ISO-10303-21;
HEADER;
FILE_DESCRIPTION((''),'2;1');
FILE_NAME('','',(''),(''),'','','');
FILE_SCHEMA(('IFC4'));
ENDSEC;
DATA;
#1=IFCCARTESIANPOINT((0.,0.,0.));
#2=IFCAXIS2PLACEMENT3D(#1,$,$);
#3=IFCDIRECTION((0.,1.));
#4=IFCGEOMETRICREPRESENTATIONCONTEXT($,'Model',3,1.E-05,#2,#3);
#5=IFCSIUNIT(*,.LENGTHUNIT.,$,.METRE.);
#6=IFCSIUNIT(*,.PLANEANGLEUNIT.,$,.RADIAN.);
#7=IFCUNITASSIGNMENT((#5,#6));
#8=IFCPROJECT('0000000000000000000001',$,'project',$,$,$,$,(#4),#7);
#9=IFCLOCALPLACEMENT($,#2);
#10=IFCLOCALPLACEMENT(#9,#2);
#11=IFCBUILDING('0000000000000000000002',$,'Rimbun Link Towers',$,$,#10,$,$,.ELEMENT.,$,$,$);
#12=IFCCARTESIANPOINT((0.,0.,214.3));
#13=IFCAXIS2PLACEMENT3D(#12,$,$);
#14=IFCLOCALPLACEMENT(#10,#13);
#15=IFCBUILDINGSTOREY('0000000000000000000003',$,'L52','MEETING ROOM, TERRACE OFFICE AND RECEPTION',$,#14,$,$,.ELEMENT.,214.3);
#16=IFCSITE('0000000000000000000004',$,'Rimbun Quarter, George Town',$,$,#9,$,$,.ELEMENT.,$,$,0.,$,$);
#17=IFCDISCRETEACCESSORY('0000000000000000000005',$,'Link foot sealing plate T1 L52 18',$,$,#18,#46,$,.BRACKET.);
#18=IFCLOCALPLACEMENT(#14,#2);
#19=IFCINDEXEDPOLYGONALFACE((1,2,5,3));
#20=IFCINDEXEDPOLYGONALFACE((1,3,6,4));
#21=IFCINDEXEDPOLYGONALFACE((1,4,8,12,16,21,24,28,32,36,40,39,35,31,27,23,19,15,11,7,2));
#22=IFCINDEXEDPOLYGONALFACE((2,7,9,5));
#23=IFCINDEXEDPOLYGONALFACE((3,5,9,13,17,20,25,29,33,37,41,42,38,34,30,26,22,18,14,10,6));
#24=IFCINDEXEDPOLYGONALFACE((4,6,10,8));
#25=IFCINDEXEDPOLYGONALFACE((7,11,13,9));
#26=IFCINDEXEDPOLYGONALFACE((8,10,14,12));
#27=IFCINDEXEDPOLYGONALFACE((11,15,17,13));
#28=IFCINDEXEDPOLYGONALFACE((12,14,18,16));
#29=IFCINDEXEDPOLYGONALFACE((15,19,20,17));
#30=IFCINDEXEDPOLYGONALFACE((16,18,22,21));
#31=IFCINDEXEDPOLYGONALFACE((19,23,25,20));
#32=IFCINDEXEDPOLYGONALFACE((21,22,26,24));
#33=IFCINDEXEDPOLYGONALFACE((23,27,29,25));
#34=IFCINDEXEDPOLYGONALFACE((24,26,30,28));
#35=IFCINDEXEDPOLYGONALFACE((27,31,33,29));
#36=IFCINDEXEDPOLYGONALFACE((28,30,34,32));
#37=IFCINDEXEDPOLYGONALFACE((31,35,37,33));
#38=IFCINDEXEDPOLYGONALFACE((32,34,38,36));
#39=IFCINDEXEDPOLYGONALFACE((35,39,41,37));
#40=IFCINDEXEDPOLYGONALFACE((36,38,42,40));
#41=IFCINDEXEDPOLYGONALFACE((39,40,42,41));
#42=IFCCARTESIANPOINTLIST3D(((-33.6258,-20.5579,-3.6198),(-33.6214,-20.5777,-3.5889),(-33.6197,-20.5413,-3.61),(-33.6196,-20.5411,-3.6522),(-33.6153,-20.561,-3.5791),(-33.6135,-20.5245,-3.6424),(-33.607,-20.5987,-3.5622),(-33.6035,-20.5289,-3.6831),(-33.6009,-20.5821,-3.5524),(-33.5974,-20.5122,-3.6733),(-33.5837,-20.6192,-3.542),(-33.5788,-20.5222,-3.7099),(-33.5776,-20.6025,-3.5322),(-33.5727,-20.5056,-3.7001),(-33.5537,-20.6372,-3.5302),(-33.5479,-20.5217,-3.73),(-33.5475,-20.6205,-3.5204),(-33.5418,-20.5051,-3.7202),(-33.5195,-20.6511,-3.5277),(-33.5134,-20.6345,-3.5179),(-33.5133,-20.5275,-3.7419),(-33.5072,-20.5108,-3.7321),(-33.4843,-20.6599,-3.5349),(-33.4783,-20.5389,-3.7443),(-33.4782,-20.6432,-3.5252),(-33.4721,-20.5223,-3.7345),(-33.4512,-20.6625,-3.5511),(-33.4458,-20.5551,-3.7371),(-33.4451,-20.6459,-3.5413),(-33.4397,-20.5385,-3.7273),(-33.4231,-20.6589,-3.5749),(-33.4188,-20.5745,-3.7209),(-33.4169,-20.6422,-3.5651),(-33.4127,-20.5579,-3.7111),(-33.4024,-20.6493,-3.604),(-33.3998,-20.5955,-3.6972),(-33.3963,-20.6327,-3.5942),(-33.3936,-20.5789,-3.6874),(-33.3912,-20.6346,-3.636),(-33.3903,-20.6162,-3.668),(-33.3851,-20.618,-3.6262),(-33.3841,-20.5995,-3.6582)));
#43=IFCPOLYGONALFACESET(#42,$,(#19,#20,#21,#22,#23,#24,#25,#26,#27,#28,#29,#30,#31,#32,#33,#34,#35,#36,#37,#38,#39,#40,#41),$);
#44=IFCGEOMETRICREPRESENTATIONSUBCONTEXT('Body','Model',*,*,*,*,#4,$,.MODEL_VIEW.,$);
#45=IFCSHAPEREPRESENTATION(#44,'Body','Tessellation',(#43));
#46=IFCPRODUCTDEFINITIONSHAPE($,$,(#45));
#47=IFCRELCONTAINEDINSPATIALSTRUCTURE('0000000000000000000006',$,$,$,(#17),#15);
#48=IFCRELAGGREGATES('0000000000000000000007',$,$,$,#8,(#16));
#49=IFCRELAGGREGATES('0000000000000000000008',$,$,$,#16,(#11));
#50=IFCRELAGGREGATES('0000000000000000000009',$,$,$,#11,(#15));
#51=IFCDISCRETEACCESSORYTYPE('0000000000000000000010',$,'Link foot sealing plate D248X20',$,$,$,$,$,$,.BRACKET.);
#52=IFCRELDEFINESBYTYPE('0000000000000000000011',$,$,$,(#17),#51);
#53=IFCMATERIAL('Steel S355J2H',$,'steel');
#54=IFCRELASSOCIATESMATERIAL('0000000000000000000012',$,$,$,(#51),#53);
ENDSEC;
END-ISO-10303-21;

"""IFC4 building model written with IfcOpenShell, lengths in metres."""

from ifc_helpers import new_model, si_unit, direction, frame, origin, origin_2d, place, context, subcontext, project, spatial, circle, extrude, material, material_profile, profile_set, type_object, element, save


model = new_model("IFC4")

# Units and contexts
model_context = context("Model", 3, precision=1e-05, world=origin(), true_north=direction((0.0, 1.0)))
body_context = subcontext(model_context, "Body", "Model", "MODEL_VIEW")
ifc_project = project(units=[si_unit("LENGTHUNIT", "METRE"), si_unit("PLANEANGLEUNIT", "RADIAN")], contexts=[model_context])

# Site, building, storey
site_placement = place(None, origin())
site = spatial("IfcSite", under=ifc_project, at=site_placement, Name="Rimbun Quarter, George Town", CompositionType="ELEMENT", RefElevation=0.0)
building_placement = place(site_placement, origin())
building = spatial("IfcBuilding", under=site, at=building_placement, Name="Rimbun Link Towers", CompositionType="ELEMENT")
storey_placement = place(building_placement, frame((0.0, 0.0, 214.3)))
storey = spatial("IfcBuildingStorey", under=building, at=storey_placement, Name="L52", Description="MEETING ROOM, TERRACE OFFICE AND RECEPTION", CompositionType="ELEMENT", Elevation=214.3)

# Discrete accessory
ifc_material_1 = material(Name="Steel S355J2H", Category="steel")
ifc_material_profile_1 = material_profile(ifc_material_1, circle(Radius=0.124, at=origin_2d()), Name="PL D248")
ifc_profile_set_1 = profile_set([ifc_material_profile_1], Name="Steel S355J2H")
discrete_accessory_type = type_object("IfcDiscreteAccessoryType", Name="Link foot sealing plate D248X20", PredefinedType="BRACKET", material=ifc_profile_set_1)
for number, where, z_axis, x_axis, name in (
    (1, (-33.5015, -20.5752, -3.6262), (-0.302083, -0.821666, -0.483333), (0.938579, -0.345066, 0.0), "Link foot sealing plate T1 L52 18"),
):
    element("IfcDiscreteAccessory", number, at=place(storey_placement, frame(where, z_axis=z_axis, x_axis=x_axis)), inside=storey, type_object=discrete_accessory_type, Name=name, PredefinedType="BRACKET", context=body_context, shape_type="SweptSolid", body=[
        extrude(circle(Radius=0.124, at=origin_2d()), origin(), (0.0, 0.0, 1.0), 0.0203),
    ])

save(model, "model.ifc")
